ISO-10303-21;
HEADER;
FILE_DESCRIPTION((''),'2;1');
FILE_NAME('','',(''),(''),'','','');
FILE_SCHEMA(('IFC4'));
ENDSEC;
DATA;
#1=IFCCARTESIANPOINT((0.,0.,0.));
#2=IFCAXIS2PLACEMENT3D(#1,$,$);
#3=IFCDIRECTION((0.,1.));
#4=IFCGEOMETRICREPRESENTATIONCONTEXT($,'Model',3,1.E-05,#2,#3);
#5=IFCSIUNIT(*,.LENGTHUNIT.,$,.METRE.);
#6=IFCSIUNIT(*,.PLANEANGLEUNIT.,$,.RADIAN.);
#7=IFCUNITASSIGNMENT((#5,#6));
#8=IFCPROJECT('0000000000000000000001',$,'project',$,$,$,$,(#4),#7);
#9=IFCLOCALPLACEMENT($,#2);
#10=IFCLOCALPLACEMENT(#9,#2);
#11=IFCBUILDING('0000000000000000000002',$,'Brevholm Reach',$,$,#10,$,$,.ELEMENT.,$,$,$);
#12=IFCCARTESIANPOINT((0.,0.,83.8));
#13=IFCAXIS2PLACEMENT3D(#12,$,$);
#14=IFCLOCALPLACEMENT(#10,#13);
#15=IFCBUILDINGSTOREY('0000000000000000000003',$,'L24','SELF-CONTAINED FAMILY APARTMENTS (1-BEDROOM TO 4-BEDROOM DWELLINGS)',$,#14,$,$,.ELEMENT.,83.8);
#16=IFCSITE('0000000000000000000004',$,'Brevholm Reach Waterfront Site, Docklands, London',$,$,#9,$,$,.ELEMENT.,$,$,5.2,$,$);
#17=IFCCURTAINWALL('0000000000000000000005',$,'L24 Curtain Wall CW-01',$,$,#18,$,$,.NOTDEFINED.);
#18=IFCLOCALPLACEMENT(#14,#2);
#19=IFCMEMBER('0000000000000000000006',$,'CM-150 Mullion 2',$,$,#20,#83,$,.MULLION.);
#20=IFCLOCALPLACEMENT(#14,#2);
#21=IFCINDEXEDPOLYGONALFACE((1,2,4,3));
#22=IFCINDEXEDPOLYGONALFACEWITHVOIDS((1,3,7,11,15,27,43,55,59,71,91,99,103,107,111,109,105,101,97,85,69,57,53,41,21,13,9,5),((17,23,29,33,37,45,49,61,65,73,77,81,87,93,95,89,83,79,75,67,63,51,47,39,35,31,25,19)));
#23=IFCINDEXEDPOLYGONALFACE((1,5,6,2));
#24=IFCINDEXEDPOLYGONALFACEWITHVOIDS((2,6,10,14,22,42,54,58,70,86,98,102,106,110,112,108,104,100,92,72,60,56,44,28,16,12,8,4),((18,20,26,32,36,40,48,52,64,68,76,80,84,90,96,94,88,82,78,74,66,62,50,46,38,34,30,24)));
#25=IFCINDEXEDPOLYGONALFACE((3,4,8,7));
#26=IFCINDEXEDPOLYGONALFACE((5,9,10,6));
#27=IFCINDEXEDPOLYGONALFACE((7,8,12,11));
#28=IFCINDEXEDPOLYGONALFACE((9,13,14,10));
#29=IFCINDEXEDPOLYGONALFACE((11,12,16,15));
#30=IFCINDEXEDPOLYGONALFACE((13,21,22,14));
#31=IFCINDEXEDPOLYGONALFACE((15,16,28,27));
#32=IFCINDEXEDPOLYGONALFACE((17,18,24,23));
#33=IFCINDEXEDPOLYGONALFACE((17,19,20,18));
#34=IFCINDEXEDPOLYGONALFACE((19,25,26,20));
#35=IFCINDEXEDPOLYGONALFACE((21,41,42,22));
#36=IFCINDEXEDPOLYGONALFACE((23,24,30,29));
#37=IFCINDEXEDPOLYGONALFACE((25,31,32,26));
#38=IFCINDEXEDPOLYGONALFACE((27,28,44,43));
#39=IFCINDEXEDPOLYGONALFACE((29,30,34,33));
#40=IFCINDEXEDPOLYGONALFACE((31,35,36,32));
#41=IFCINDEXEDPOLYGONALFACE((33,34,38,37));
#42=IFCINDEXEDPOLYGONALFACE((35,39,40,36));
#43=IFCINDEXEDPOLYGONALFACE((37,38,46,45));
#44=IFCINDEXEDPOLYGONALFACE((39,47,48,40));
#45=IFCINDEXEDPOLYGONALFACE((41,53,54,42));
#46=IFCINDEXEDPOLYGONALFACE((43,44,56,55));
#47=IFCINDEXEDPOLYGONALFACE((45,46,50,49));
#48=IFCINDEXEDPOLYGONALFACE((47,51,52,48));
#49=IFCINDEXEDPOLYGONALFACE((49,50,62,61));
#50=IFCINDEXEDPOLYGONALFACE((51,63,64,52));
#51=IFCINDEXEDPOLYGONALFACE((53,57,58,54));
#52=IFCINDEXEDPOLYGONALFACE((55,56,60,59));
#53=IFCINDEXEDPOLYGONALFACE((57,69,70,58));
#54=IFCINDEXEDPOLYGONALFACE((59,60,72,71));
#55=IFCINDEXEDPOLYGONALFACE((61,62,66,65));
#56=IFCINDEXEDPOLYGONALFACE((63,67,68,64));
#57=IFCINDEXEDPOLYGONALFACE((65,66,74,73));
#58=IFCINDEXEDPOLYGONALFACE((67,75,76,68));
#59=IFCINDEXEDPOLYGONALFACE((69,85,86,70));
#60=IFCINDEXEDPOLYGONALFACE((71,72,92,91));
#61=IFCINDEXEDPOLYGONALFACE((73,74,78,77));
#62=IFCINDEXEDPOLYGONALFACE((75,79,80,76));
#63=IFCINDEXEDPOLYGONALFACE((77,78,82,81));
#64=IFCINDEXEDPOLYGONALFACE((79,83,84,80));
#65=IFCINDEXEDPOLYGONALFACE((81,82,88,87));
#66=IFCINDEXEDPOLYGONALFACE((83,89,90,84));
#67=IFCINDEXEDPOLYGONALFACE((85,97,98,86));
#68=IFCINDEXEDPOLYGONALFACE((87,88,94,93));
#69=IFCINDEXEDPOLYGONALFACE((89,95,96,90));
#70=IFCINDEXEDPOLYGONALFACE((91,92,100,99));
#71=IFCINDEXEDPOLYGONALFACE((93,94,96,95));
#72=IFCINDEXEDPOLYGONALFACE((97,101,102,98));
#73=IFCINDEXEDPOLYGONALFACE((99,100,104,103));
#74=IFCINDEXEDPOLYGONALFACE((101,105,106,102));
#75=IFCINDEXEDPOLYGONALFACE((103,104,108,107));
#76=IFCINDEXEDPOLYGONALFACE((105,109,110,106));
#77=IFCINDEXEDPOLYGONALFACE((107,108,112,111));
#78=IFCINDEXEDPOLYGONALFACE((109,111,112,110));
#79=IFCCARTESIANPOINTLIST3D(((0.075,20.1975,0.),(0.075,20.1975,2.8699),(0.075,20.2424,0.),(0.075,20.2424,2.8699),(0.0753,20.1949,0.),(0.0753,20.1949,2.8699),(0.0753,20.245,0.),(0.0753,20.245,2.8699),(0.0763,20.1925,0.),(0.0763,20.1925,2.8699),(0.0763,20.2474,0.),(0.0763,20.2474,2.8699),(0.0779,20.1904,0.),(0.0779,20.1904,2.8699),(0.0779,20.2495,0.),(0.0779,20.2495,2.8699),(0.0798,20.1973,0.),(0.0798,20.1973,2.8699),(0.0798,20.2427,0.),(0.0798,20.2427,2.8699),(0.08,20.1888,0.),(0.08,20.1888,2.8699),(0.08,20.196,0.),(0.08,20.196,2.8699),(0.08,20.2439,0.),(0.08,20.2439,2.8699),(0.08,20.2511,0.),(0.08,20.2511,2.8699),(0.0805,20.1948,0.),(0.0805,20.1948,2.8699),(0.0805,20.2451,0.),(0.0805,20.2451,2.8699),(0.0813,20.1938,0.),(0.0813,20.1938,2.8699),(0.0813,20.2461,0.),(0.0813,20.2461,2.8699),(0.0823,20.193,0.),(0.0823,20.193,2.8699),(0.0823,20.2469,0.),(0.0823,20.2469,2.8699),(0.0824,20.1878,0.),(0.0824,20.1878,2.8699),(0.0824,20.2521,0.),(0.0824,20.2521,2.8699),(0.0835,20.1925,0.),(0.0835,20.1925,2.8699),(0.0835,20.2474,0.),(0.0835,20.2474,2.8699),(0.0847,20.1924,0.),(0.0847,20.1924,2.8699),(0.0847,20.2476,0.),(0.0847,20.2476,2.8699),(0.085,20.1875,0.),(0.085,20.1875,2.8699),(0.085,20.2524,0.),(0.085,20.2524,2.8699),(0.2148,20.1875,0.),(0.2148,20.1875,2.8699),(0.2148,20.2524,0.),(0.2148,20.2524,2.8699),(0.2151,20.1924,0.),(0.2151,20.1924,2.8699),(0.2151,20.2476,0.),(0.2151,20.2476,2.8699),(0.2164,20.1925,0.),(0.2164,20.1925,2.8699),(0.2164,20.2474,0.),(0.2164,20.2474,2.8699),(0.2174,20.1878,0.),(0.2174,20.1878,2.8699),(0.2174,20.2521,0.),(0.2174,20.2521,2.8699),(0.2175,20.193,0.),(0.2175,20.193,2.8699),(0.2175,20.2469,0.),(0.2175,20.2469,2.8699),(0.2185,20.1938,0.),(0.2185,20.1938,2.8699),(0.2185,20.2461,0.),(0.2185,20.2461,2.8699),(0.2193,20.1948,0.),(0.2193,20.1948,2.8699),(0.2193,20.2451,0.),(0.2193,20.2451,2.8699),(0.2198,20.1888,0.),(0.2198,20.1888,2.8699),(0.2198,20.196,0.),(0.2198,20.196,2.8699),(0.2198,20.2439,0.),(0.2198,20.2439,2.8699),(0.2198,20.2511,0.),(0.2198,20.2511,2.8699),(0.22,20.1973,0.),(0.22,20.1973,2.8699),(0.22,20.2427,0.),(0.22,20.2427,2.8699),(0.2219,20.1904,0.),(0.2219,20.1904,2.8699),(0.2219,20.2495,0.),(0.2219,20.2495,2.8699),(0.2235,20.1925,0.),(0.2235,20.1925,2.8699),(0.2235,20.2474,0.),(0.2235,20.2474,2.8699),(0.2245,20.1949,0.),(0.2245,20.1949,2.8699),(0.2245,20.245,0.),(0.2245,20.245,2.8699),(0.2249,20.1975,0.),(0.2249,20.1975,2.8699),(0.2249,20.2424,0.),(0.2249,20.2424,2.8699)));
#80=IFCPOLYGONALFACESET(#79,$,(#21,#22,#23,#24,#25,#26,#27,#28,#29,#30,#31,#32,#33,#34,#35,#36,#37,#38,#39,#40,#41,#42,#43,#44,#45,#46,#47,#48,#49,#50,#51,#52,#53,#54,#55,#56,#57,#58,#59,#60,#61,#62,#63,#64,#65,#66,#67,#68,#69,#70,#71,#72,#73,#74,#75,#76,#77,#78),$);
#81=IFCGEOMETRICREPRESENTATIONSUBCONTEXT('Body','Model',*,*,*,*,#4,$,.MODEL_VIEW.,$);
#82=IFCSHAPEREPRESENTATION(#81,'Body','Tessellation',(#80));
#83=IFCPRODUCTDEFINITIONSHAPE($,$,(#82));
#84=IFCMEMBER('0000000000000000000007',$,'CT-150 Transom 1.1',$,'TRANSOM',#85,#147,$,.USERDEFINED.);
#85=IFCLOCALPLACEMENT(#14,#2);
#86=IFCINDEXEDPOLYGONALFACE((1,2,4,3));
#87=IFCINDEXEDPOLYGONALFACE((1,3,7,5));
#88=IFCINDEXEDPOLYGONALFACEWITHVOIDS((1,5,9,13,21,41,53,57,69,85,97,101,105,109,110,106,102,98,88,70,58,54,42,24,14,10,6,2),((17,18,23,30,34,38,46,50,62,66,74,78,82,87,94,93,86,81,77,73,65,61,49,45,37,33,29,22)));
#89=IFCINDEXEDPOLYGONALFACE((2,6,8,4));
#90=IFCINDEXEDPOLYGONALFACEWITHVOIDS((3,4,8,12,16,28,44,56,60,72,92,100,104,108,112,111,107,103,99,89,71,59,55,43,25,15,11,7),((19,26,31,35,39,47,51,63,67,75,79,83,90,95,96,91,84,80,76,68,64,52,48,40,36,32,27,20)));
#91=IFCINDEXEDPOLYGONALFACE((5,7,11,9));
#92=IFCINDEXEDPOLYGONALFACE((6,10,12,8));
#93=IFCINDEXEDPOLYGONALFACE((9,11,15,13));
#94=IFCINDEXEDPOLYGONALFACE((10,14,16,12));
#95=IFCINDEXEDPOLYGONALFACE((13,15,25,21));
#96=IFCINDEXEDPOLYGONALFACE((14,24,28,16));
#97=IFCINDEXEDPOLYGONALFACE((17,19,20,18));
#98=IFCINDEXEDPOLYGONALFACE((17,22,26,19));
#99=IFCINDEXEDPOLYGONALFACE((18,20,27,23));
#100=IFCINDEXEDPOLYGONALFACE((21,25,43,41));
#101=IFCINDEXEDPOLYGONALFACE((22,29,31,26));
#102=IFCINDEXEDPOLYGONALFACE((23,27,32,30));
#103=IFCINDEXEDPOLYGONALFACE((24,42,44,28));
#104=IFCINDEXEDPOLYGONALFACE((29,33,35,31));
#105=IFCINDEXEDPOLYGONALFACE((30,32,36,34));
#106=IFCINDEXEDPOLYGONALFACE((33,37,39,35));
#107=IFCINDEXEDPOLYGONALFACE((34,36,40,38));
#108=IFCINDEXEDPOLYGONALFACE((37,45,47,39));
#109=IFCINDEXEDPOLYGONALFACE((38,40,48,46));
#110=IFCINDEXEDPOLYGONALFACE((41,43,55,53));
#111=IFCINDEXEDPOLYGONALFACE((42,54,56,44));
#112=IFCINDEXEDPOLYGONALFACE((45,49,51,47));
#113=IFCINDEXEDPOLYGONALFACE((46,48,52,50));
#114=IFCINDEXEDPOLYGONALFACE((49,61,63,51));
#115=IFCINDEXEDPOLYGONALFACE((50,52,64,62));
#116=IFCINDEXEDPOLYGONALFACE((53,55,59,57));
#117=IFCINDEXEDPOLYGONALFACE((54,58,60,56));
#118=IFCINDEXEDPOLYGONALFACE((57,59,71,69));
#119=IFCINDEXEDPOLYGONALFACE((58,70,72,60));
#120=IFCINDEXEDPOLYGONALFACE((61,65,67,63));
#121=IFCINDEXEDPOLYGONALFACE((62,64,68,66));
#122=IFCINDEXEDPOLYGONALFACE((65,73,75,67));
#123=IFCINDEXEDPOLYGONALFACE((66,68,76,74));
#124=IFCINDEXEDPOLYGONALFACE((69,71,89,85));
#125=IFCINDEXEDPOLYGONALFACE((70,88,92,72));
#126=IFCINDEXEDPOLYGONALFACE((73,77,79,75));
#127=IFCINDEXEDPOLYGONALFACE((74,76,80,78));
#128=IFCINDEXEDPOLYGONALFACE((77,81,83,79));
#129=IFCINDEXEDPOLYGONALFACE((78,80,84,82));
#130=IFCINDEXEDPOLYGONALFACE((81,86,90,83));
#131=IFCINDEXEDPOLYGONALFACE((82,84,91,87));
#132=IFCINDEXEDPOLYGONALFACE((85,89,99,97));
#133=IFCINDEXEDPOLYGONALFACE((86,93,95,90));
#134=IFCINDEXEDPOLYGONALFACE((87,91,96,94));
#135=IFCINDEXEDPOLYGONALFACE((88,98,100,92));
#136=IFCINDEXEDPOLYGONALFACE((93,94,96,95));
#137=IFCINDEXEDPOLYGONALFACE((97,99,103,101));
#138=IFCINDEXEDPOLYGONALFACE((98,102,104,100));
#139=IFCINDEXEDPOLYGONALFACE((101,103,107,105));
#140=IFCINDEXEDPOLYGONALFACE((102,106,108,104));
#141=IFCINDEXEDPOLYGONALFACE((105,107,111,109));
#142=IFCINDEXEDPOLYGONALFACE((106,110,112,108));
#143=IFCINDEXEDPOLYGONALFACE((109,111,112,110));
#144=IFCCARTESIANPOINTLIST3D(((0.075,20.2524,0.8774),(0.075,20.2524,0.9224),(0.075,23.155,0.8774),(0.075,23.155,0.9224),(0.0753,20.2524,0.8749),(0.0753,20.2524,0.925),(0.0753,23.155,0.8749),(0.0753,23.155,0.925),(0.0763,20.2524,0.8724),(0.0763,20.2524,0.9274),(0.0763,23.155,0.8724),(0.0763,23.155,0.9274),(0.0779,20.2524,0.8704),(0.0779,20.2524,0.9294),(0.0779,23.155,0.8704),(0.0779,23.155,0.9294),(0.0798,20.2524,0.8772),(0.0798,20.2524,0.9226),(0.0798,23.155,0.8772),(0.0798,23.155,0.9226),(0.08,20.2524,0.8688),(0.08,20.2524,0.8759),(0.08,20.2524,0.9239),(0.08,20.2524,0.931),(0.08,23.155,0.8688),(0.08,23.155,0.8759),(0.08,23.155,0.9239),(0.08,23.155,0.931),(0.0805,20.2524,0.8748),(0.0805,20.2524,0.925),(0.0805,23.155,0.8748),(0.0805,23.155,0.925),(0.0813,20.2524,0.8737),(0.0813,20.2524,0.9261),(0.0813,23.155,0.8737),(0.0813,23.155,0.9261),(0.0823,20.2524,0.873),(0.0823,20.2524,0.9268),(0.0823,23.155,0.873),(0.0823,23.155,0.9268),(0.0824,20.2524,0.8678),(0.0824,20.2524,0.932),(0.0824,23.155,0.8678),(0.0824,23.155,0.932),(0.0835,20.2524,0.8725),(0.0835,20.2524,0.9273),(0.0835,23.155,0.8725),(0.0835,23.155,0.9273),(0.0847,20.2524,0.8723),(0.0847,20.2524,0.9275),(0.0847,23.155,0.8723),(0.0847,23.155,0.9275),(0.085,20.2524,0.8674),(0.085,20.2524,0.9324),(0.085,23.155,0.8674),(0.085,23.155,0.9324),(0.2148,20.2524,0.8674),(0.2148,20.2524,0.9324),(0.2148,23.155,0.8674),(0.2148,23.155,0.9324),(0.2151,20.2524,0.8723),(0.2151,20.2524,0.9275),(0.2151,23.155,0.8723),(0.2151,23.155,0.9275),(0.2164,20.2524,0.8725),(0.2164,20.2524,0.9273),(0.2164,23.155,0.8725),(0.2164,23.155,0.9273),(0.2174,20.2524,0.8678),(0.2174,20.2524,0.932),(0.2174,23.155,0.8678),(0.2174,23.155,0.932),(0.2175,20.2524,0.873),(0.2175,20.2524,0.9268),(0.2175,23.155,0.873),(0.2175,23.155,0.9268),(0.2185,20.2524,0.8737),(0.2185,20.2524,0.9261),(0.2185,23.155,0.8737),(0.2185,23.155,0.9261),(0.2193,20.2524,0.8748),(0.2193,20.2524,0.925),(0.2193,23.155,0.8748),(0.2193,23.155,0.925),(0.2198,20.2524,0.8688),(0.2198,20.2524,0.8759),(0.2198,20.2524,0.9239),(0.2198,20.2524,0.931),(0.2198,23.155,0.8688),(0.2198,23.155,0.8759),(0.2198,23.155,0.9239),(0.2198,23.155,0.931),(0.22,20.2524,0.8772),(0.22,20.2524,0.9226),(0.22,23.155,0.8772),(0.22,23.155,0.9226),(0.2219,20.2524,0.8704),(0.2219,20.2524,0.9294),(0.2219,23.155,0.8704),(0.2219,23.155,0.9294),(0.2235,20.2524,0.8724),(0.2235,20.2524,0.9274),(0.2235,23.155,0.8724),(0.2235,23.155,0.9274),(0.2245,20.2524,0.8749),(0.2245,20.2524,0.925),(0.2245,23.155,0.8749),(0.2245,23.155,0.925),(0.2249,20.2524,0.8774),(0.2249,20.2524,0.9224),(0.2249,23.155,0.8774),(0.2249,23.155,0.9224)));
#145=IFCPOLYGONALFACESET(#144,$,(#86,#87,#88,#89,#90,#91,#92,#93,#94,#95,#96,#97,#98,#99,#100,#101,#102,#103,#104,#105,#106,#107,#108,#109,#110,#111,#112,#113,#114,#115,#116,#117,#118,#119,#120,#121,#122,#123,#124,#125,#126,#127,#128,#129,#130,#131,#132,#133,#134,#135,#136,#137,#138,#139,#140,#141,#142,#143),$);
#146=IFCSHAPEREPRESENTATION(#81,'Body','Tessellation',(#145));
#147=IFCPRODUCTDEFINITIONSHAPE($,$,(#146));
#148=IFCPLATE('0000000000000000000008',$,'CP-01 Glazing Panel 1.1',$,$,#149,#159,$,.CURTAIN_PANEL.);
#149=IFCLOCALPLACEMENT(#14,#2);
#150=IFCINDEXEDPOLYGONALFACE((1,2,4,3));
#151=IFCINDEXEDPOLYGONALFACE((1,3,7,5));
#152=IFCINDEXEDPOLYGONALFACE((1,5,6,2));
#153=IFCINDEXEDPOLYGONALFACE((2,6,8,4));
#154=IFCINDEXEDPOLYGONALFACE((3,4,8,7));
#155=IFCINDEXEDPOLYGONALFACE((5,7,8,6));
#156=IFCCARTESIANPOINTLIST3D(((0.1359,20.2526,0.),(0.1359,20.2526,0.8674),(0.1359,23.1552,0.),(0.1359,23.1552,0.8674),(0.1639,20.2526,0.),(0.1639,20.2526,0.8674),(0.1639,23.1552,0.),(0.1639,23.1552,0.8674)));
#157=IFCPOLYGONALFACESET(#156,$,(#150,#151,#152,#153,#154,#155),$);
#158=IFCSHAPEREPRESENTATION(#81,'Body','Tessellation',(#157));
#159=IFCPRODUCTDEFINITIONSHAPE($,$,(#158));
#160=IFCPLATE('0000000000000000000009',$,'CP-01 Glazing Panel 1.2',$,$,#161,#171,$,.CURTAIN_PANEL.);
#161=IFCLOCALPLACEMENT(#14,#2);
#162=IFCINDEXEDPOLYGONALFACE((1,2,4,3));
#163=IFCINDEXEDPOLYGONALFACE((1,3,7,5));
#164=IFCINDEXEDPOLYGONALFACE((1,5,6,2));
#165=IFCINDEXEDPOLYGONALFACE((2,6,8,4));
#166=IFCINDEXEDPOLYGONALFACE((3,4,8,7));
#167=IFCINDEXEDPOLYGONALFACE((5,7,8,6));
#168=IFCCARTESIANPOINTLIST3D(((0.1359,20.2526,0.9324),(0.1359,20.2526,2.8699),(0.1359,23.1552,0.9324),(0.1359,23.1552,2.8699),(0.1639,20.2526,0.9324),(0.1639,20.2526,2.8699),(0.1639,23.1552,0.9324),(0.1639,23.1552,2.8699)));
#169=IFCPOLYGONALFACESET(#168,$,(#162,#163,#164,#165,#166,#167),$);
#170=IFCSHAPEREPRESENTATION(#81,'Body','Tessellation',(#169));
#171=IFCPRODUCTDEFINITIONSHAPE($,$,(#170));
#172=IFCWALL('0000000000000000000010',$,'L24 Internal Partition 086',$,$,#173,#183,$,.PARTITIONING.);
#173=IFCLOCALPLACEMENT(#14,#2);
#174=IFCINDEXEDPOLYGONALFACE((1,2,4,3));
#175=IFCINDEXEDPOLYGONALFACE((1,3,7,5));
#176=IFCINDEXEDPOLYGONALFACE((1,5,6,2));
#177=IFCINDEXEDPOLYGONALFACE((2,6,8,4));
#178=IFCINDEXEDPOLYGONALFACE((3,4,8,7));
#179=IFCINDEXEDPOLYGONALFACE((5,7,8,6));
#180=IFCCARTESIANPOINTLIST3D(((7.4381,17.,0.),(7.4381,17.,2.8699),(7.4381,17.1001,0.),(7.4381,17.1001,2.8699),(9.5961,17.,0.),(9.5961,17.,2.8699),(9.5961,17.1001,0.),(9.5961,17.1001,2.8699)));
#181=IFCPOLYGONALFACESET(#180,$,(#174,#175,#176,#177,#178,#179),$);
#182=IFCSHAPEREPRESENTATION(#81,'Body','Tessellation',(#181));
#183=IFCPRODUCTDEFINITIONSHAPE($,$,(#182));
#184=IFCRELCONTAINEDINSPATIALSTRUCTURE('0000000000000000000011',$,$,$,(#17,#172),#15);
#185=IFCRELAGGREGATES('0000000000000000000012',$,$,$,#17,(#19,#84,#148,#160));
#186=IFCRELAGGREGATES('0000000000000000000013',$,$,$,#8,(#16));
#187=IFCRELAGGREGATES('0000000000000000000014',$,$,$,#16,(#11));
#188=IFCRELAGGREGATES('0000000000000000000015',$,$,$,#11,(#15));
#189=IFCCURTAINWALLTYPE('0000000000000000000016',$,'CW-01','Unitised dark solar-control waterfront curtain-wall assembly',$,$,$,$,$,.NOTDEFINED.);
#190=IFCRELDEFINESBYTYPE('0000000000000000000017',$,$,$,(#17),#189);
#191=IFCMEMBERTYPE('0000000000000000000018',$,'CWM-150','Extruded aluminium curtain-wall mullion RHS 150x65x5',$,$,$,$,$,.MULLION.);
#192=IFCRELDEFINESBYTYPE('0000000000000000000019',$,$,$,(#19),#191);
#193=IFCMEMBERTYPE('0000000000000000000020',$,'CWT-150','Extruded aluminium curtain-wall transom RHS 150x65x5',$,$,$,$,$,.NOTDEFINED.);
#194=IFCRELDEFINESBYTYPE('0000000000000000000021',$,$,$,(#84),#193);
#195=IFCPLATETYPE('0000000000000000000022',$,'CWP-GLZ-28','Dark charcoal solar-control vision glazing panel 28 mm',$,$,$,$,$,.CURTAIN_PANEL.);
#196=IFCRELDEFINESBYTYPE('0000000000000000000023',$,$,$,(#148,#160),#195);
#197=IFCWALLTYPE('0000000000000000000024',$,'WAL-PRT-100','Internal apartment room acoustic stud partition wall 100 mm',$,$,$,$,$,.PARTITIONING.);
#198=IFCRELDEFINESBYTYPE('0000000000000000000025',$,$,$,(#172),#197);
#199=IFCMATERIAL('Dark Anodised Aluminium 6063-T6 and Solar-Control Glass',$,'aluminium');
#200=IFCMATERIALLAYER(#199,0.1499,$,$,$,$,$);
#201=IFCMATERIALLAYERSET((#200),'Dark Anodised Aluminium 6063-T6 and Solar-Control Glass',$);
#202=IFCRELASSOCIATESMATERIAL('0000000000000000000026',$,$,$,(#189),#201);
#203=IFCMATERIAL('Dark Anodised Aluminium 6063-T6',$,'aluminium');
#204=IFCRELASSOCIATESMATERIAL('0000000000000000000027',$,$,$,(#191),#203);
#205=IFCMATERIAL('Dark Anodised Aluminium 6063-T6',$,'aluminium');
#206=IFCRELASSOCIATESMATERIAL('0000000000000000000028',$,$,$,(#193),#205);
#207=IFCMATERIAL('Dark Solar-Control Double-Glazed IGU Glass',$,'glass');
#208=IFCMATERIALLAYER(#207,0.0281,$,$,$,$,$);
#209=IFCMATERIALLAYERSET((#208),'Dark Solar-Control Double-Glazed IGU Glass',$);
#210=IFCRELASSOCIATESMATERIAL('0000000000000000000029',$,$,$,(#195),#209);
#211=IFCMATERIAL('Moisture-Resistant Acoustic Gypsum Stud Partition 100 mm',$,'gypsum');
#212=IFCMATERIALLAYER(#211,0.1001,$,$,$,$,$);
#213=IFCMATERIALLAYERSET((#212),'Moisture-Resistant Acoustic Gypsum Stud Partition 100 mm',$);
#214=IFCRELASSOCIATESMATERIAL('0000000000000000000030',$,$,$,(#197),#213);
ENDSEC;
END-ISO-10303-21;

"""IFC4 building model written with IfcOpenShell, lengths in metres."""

from ifc_helpers import new_model, si_unit, direction, frame, frame_2d, origin, origin_2d, place, context, subcontext, project, spatial, rectangle, hollow_rectangle, extrude, material, layer, layer_set, material_profile, profile_set, type_object, element, aggregate, save


model = new_model("IFC4")

# Units and contexts
model_context = context("Model", 3, precision=1e-05, world=origin(), true_north=direction((0.0, 1.0)))
body_context = subcontext(model_context, "Body", "Model", "MODEL_VIEW")
ifc_project = project(units=[si_unit("LENGTHUNIT", "METRE"), si_unit("PLANEANGLEUNIT", "RADIAN")], contexts=[model_context])

# Site, building, storey
site_placement = place(None, origin())
site = spatial("IfcSite", under=ifc_project, at=site_placement, Name="Brevholm Reach Waterfront Site, Docklands, London", CompositionType="ELEMENT", RefElevation=5.2)
building_placement = place(site_placement, origin())
building = spatial("IfcBuilding", under=site, at=building_placement, Name="Brevholm Reach", CompositionType="ELEMENT")
storey_placement = place(building_placement, frame((0.0, 0.0, 83.8)))
storey = spatial("IfcBuildingStorey", under=building, at=storey_placement, Name="L24", Description="SELF-CONTAINED FAMILY APARTMENTS (1-BEDROOM TO 4-BEDROOM DWELLINGS)", CompositionType="ELEMENT", Elevation=83.8)

# Curtain wall, members, plates
ifc_material_1 = material(Name="Dark Anodised Aluminium 6063-T6 and Solar-Control Glass", Category="aluminium")
ifc_layer_1 = layer(ifc_material_1, 0.1499)
ifc_layer_set_1 = layer_set([ifc_layer_1], Name="Dark Anodised Aluminium 6063-T6 and Solar-Control Glass")
curtain_wall_type = type_object("IfcCurtainWallType", Name="CW-01", Description="Unitised dark solar-control waterfront curtain-wall assembly", PredefinedType="NOTDEFINED", material=ifc_layer_set_1)
curtain_wall_placement = place(storey_placement, origin())
curtain_wall = element("IfcCurtainWall", 1, at=curtain_wall_placement, inside=storey, type_object=curtain_wall_type, Name="L24 Curtain Wall CW-01", PredefinedType="NOTDEFINED")
ifc_material_2 = material(Name="Dark Anodised Aluminium 6063-T6", Category="aluminium")
ifc_material_profile_1 = material_profile(ifc_material_2, hollow_rectangle(XDim=0.0649, YDim=0.1499, WallThickness=0.0049, InnerFilletRadius=0.0049, OuterFilletRadius=0.01, at=origin_2d()), Name="RHS 150x65x5")
ifc_profile_set_1 = profile_set([ifc_material_profile_1], Name="Dark Anodised Aluminium 6063-T6")
member_type_1 = type_object("IfcMemberType", Name="CWM-150", Description="Extruded aluminium curtain-wall mullion RHS 150x65x5", PredefinedType="MULLION", material=ifc_profile_set_1)
member_1_placement = place(storey_placement, frame((0.1499, 20.22, 0.0), z_axis=(0.0, 0.0, 1.0), x_axis=(0.0, -1.0, 0.0)))
member_1 = element("IfcMember", 2, at=member_1_placement, type_object=member_type_1, Name="CM-150 Mullion 2", PredefinedType="MULLION", context=body_context, shape_type="SweptSolid", body=[
    extrude(hollow_rectangle(XDim=0.0649, YDim=0.1499, WallThickness=0.0049, InnerFilletRadius=0.0049, OuterFilletRadius=0.01, at=origin_2d()), origin(), (0.0, 0.0, 1.0), 2.8699),
])
ifc_material_3 = material(Name="Dark Anodised Aluminium 6063-T6", Category="aluminium")
ifc_material_profile_2 = material_profile(ifc_material_3, hollow_rectangle(XDim=0.0649, YDim=0.1499, WallThickness=0.0049, InnerFilletRadius=0.0049, OuterFilletRadius=0.01, at=origin_2d()), Name="RHS 150x65x5")
ifc_profile_set_2 = profile_set([ifc_material_profile_2], Name="Dark Anodised Aluminium 6063-T6")
member_type_2 = type_object("IfcMemberType", Name="CWT-150", Description="Extruded aluminium curtain-wall transom RHS 150x65x5", PredefinedType="NOTDEFINED", material=ifc_profile_set_2)
member_2_placement = place(storey_placement, frame((0.1499, 23.155, 0.8999), z_axis=(0.0, -1.0, 0.0), x_axis=(0.0, 0.0, 1.0)))
member_2 = element("IfcMember", 3, at=member_2_placement, type_object=member_type_2, Name="CT-150 Transom 1.1", ObjectType="TRANSOM", PredefinedType="USERDEFINED", context=body_context, shape_type="SweptSolid", body=[
    extrude(hollow_rectangle(XDim=0.0649, YDim=0.1499, WallThickness=0.0049, InnerFilletRadius=0.0049, OuterFilletRadius=0.01, at=origin_2d()), origin(), (0.0, 0.0, 1.0), 2.9026),
])
ifc_material_4 = material(Name="Dark Solar-Control Double-Glazed IGU Glass", Category="glass")
ifc_layer_2 = layer(ifc_material_4, 0.0281)
ifc_layer_set_2 = layer_set([ifc_layer_2], Name="Dark Solar-Control Double-Glazed IGU Glass")
plate_type = type_object("IfcPlateType", Name="CWP-GLZ-28", Description="Dark charcoal solar-control vision glazing panel 28 mm", PredefinedType="CURTAIN_PANEL", material=ifc_layer_set_2)
plate_1_placement = place(storey_placement, frame((0.1499, 21.7039, 0.0), z_axis=(0.0, 0.0, 1.0), x_axis=(0.0, -1.0, 0.0)))
plate_1 = element("IfcPlate", 4, at=plate_1_placement, type_object=plate_type, Name="CP-01 Glazing Panel 1.1", PredefinedType="CURTAIN_PANEL", context=body_context, shape_type="SweptSolid", body=[
    extrude(rectangle(XDim=2.9026, YDim=0.0281, at=origin_2d()), origin(), (0.0, 0.0, 1.0), 0.8674),
])
plate_2_placement = place(storey_placement, frame((0.1499, 21.7039, 0.9324), z_axis=(0.0, 0.0, 1.0), x_axis=(0.0, -1.0, 0.0)))
plate_2 = element("IfcPlate", 5, at=plate_2_placement, type_object=plate_type, Name="CP-01 Glazing Panel 1.2", PredefinedType="CURTAIN_PANEL", context=body_context, shape_type="SweptSolid", body=[
    extrude(rectangle(XDim=2.9026, YDim=0.0281, at=origin_2d()), origin(), (0.0, 0.0, 1.0), 1.9375),
])
aggregate(curtain_wall, [member_1, member_2, plate_1, plate_2])

# Wall
ifc_material_5 = material(Name="Moisture-Resistant Acoustic Gypsum Stud Partition 100 mm", Category="gypsum")
ifc_layer_3 = layer(ifc_material_5, 0.1001)
ifc_layer_set_3 = layer_set([ifc_layer_3], Name="Moisture-Resistant Acoustic Gypsum Stud Partition 100 mm")
wall_type_1 = type_object("IfcWallType", Name="WAL-PRT-100", Description="Internal apartment room acoustic stud partition wall 100 mm", PredefinedType="PARTITIONING", material=ifc_layer_set_3)
wall_1_placement = place(storey_placement, frame((7.438, 17.05, 0.0), z_axis=(0.0, 0.0, 1.0), x_axis=(1.0, 0.0, 0.0)))
element("IfcWall", 6, at=wall_1_placement, inside=storey, type_object=wall_type_1, Name="L24 Internal Partition 086", PredefinedType="PARTITIONING", context=body_context, shape_type="SweptSolid", body=[
    extrude(rectangle(XDim=2.158, YDim=0.1001, at=frame_2d((1.0791, 0.0))), origin(), (0.0, 0.0, 1.0), 2.8699),
])

save(model, "model.ifc")
